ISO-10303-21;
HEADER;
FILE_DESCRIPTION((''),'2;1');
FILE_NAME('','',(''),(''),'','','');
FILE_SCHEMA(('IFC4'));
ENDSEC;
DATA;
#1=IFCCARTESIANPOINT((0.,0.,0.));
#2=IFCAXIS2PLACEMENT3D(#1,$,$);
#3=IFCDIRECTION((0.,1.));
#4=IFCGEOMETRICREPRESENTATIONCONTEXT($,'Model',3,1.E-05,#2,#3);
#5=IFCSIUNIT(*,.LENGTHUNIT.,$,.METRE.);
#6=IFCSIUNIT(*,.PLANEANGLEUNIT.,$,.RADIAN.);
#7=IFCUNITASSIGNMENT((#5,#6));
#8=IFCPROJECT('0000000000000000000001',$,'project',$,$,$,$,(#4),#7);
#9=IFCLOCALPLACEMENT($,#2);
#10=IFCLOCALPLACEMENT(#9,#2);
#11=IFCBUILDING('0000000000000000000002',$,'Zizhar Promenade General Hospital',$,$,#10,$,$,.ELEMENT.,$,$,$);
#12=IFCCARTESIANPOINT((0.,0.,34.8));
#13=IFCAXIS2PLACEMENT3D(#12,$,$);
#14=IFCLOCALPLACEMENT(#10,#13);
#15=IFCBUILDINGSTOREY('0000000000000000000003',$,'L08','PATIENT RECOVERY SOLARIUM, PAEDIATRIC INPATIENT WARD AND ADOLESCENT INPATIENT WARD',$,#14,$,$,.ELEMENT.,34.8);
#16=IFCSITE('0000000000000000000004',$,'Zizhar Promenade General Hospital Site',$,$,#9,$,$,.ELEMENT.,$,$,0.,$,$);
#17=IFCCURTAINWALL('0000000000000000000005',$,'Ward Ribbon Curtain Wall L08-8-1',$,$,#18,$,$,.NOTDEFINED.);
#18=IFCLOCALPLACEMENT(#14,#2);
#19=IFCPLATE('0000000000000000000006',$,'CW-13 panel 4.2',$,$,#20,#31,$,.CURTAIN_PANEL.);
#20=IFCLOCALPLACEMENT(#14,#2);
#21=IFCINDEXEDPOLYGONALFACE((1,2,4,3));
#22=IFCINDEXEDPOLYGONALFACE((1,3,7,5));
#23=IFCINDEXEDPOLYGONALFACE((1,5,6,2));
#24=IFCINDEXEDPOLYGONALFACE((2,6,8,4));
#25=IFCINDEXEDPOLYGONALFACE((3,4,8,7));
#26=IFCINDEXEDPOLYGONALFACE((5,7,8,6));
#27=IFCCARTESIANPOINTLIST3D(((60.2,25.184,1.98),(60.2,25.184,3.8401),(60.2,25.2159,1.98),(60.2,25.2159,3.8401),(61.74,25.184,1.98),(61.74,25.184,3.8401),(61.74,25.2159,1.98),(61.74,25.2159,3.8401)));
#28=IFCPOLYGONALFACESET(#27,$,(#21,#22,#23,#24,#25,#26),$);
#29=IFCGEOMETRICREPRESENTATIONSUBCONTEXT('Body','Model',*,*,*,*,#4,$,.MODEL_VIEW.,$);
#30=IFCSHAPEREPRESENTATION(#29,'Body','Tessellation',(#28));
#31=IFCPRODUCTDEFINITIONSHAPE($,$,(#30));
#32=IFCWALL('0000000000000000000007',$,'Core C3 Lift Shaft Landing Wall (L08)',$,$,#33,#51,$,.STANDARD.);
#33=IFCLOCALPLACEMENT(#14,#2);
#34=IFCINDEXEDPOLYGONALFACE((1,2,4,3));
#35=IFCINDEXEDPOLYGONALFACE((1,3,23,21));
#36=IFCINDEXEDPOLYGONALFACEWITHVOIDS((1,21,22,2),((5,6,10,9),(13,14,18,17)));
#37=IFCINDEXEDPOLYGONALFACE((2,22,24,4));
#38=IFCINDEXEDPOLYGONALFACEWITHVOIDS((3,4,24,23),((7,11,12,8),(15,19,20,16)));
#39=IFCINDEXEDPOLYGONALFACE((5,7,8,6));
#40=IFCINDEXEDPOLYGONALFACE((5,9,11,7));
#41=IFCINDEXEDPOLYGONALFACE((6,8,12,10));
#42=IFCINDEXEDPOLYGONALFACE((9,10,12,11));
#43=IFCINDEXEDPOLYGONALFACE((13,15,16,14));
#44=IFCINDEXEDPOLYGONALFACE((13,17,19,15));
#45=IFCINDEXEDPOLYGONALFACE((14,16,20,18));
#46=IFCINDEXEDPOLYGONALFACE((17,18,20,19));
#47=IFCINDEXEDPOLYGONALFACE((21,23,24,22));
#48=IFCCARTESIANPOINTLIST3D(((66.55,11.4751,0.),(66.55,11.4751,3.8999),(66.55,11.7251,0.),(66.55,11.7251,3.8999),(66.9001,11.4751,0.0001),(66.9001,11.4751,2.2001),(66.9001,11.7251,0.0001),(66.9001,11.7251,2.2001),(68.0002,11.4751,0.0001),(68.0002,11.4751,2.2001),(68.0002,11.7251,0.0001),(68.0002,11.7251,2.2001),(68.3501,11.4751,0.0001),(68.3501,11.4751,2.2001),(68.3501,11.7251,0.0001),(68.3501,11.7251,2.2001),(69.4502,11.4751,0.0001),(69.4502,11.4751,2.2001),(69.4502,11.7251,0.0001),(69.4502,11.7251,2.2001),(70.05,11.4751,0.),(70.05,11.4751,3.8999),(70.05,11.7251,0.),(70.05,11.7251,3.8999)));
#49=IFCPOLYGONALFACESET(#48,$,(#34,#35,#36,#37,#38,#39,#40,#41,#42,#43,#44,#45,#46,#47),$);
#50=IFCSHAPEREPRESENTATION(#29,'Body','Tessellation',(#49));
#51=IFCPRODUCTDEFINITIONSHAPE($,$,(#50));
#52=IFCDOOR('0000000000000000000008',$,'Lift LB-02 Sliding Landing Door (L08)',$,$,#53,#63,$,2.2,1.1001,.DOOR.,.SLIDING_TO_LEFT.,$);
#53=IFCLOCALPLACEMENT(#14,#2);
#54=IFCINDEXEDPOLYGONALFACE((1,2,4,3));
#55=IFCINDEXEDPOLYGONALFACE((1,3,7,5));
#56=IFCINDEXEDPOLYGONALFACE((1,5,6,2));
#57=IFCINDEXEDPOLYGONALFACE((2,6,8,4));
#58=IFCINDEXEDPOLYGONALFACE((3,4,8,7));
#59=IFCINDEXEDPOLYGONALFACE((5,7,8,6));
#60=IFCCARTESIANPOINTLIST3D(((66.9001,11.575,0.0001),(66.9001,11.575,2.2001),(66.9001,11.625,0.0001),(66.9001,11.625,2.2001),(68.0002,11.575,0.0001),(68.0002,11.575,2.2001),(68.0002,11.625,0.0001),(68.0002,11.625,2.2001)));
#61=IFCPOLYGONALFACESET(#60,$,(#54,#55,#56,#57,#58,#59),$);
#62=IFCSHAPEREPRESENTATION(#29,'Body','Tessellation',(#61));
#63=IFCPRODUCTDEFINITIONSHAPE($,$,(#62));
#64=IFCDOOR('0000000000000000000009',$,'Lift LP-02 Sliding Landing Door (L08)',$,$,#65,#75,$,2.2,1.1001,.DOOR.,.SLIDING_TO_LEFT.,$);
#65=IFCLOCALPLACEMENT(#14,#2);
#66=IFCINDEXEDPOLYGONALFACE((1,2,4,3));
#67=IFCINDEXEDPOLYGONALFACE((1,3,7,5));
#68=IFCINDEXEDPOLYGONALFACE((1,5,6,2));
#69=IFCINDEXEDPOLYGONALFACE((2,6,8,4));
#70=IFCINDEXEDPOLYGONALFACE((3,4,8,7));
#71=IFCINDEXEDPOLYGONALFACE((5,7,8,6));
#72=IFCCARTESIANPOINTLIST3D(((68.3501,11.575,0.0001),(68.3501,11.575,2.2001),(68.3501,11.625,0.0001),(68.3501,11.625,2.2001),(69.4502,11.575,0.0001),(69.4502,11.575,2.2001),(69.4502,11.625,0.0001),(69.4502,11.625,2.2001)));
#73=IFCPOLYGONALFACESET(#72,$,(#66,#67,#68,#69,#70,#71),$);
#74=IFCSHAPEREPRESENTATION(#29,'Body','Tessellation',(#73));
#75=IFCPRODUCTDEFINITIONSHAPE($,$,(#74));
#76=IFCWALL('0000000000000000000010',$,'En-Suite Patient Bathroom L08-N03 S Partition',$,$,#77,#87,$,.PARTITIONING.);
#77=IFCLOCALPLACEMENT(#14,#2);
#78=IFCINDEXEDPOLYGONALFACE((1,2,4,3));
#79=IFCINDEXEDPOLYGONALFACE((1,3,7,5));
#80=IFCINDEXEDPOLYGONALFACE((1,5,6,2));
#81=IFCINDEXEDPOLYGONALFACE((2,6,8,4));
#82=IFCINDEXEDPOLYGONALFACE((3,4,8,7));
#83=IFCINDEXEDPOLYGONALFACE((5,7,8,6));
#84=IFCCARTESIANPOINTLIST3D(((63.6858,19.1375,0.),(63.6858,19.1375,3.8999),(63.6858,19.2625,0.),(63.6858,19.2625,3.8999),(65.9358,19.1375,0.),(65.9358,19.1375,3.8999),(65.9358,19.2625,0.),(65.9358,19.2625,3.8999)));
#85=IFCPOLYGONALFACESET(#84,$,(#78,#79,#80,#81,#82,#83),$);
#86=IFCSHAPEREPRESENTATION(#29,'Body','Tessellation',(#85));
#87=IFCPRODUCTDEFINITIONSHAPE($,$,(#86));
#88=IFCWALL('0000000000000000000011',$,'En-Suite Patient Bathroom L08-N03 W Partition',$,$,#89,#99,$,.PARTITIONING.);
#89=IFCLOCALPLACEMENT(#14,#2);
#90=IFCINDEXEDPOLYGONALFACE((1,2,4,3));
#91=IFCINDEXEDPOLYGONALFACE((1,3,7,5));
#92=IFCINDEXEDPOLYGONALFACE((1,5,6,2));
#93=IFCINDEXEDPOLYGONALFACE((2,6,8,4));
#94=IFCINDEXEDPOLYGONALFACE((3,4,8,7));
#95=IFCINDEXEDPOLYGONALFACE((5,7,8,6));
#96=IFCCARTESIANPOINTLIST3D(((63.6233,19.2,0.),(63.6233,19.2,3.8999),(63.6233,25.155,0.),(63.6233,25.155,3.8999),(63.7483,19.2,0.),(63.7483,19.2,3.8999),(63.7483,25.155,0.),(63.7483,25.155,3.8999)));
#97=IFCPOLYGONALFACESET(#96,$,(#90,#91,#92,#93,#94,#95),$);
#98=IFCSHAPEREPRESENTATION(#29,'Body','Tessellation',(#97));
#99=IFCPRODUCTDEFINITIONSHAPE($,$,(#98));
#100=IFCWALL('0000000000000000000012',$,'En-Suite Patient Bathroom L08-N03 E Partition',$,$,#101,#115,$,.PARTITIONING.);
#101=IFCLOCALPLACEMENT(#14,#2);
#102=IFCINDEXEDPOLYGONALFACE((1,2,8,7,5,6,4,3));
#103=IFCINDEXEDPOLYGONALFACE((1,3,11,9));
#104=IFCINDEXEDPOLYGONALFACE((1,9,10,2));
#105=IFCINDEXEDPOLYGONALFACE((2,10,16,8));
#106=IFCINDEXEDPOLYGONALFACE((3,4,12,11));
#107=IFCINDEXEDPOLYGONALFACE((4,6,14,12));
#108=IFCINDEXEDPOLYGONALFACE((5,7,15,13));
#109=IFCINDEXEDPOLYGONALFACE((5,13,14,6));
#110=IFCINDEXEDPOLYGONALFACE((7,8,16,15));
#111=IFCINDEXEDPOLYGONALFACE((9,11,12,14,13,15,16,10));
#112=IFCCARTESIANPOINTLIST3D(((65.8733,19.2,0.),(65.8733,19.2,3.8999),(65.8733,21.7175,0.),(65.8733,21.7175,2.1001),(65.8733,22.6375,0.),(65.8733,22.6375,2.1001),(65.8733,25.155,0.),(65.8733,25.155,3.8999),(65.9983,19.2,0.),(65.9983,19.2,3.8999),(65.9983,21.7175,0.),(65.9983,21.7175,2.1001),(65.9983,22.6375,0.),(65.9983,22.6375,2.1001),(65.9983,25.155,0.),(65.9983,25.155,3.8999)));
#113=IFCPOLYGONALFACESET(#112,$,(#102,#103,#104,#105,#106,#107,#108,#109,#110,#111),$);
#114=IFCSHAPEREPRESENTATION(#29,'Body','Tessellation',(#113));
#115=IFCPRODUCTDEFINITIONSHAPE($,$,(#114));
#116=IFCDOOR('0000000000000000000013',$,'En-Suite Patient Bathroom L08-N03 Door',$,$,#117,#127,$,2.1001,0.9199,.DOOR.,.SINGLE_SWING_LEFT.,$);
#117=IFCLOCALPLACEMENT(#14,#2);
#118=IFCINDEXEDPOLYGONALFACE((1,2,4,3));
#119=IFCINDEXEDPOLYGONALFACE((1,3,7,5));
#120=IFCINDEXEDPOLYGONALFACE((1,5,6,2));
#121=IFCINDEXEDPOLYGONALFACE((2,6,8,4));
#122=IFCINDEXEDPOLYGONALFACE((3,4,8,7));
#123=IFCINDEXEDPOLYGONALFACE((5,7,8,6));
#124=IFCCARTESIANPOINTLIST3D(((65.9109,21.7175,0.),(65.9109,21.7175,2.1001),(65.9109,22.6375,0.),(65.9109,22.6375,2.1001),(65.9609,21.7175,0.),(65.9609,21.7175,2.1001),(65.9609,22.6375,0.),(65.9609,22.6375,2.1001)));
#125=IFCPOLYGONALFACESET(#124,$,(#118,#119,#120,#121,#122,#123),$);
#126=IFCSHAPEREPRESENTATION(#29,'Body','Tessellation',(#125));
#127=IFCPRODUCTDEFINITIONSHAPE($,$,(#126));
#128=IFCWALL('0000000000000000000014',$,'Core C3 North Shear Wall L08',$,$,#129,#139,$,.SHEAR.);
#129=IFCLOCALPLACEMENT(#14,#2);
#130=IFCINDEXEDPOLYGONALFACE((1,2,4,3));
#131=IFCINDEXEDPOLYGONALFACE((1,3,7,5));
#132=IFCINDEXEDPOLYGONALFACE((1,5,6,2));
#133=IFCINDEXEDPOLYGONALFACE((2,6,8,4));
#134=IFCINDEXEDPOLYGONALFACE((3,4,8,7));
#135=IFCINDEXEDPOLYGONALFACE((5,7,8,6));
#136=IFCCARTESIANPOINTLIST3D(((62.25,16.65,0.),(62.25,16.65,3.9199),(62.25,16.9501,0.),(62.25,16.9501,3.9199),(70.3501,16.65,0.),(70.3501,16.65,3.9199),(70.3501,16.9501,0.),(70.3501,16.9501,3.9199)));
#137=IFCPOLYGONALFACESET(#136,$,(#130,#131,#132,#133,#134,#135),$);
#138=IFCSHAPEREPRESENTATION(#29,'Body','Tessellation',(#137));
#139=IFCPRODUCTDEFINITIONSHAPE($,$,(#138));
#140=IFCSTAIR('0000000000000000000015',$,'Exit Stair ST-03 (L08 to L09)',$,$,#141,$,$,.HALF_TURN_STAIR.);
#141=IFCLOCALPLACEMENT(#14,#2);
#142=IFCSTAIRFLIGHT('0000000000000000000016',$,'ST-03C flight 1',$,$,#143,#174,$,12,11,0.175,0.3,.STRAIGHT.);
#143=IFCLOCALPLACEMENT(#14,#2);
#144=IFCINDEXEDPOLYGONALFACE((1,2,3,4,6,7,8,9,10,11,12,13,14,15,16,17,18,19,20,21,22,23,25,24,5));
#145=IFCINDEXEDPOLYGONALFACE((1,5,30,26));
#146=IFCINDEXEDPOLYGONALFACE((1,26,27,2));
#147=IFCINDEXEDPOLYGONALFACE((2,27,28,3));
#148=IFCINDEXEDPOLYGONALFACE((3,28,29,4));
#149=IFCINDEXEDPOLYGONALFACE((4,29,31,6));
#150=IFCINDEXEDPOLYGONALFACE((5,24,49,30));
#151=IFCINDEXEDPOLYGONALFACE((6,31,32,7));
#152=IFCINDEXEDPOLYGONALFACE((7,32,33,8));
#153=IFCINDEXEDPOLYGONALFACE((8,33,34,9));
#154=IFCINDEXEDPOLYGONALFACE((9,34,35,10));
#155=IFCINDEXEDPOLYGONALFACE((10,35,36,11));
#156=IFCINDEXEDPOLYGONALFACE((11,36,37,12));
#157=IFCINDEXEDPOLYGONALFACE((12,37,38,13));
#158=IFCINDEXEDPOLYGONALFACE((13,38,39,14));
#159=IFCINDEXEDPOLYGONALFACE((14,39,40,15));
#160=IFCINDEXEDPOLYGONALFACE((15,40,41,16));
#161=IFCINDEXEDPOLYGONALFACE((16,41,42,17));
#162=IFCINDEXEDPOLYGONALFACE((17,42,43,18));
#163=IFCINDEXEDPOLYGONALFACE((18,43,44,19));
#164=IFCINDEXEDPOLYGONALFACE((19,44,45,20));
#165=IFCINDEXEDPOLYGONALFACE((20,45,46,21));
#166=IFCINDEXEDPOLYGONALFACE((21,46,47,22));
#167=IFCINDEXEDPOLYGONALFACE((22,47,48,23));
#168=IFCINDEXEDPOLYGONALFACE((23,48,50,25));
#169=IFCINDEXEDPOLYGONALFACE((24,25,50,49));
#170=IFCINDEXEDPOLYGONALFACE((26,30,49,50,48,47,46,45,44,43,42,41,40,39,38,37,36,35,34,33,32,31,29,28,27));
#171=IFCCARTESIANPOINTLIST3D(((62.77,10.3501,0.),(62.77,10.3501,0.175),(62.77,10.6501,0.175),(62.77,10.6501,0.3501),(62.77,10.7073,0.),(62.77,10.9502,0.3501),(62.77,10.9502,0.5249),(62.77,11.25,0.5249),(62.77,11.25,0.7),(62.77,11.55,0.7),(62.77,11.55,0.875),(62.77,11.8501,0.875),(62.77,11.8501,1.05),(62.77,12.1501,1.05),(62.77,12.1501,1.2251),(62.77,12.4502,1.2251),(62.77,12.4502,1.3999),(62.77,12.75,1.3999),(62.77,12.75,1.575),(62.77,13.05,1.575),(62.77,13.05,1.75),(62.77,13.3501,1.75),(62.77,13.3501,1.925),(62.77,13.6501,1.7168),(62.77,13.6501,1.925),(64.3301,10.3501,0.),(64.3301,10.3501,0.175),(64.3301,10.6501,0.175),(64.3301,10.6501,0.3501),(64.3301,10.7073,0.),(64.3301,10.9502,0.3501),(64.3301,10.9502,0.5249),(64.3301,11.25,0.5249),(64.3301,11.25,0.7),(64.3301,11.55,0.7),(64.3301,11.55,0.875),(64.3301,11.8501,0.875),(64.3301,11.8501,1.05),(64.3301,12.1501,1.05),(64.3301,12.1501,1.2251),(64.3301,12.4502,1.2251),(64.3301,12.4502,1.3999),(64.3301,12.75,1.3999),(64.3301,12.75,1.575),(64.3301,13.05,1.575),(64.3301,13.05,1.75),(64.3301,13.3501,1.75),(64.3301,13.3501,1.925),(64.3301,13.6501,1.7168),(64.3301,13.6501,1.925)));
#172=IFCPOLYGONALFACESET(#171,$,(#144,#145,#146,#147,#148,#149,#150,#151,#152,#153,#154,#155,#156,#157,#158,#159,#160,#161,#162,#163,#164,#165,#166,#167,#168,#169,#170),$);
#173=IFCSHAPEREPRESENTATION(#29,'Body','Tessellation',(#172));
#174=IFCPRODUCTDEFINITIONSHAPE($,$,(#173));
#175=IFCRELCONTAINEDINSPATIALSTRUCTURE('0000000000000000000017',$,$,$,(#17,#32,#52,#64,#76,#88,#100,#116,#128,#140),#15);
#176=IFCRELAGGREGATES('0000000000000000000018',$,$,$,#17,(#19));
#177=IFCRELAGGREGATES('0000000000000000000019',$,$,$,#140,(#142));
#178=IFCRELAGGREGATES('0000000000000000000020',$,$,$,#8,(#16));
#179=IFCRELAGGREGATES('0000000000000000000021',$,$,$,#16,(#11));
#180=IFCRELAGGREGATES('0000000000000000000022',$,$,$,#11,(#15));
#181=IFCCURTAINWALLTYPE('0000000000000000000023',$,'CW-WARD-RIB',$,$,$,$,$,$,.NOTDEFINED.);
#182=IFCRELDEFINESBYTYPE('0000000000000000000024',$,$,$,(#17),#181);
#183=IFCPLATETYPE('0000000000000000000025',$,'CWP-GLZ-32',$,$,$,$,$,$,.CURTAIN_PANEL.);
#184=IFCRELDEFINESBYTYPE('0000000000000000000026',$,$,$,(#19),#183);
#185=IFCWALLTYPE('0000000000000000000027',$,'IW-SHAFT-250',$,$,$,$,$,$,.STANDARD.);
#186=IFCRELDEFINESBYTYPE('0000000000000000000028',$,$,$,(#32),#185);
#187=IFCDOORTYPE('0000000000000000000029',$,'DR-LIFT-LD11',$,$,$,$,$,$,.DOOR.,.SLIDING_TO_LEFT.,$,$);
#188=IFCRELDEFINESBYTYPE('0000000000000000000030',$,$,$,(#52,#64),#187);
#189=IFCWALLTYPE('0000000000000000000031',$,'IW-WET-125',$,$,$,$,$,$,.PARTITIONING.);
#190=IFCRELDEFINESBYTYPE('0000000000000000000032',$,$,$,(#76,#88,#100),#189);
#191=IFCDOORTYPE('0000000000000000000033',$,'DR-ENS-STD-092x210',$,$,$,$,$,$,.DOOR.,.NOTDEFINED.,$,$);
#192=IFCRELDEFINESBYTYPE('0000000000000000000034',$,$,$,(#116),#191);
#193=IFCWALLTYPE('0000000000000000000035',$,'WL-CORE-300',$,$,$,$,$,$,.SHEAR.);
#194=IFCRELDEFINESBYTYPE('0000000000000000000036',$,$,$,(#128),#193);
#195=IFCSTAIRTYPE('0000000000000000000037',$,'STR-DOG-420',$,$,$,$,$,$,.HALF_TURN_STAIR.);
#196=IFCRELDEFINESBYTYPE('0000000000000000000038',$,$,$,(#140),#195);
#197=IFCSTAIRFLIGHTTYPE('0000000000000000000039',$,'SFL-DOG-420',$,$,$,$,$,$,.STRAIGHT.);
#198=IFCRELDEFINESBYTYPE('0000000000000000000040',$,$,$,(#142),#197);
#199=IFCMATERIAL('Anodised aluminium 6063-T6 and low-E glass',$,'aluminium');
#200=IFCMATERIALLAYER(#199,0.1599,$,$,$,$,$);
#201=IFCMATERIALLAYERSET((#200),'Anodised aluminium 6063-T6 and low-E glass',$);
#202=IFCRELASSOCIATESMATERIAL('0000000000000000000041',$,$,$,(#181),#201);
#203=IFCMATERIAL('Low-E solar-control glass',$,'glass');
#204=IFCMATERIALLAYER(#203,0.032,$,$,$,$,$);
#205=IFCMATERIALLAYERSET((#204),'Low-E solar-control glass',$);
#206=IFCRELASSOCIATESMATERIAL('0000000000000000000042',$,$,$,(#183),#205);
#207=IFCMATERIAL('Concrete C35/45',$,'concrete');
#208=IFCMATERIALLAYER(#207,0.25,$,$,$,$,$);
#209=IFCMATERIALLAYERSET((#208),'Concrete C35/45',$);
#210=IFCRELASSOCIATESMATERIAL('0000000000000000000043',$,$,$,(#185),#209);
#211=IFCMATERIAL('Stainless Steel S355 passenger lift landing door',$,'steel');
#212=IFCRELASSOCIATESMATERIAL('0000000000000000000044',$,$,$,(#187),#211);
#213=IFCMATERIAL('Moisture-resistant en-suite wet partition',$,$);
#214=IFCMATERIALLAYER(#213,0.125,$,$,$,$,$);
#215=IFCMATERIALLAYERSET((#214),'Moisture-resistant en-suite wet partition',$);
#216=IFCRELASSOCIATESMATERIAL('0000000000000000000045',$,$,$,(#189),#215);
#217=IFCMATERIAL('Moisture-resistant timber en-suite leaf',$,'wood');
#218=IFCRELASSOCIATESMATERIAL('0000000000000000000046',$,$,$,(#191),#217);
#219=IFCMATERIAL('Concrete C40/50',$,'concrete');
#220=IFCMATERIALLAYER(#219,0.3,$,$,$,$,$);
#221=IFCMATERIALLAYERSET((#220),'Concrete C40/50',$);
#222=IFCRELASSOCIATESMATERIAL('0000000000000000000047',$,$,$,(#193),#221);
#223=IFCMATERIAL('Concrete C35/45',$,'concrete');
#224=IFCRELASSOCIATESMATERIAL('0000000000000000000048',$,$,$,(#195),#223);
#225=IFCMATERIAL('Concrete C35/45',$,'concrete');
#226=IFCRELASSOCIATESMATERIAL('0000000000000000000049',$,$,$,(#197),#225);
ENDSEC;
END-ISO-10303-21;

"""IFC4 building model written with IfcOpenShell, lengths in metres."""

from ifc_helpers import new_model, si_unit, direction, frame, frame_2d, origin, origin_2d, place, context, subcontext, project, spatial, polyline, rectangle, outline, extrude, material, layer, layer_set, type_object, element, fill, aggregate, save


model = new_model("IFC4")

# Units and contexts
model_context = context("Model", 3, precision=1e-05, world=origin(), true_north=direction((0.0, 1.0)))
body_context = subcontext(model_context, "Body", "Model", "MODEL_VIEW")
ifc_project = project(units=[si_unit("LENGTHUNIT", "METRE"), si_unit("PLANEANGLEUNIT", "RADIAN")], contexts=[model_context])

# Site, building, storey
site_placement = place(None, origin())
site = spatial("IfcSite", under=ifc_project, at=site_placement, Name="Zizhar Promenade General Hospital Site", CompositionType="ELEMENT", RefElevation=0.0)
building_placement = place(site_placement, origin())
building = spatial("IfcBuilding", under=site, at=building_placement, Name="Zizhar Promenade General Hospital", CompositionType="ELEMENT")
storey_placement = place(building_placement, frame((0.0, 0.0, 34.8)))
storey = spatial("IfcBuildingStorey", under=building, at=storey_placement, Name="L08", Description="PATIENT RECOVERY SOLARIUM, PAEDIATRIC INPATIENT WARD AND ADOLESCENT INPATIENT WARD", CompositionType="ELEMENT", Elevation=34.8)

# Curtain wall, plate
ifc_material_1 = material(Name="Anodised aluminium 6063-T6 and low-E glass", Category="aluminium")
ifc_layer_1 = layer(ifc_material_1, 0.1599)
ifc_layer_set_1 = layer_set([ifc_layer_1], Name="Anodised aluminium 6063-T6 and low-E glass")
curtain_wall_type = type_object("IfcCurtainWallType", Name="CW-WARD-RIB", PredefinedType="NOTDEFINED", material=ifc_layer_set_1)
curtain_wall_placement = place(storey_placement, origin())
curtain_wall = element("IfcCurtainWall", 1, at=curtain_wall_placement, inside=storey, type_object=curtain_wall_type, Name="Ward Ribbon Curtain Wall L08-8-1", PredefinedType="NOTDEFINED")
ifc_material_2 = material(Name="Low-E solar-control glass", Category="glass")
ifc_layer_2 = layer(ifc_material_2, 0.032)
ifc_layer_set_2 = layer_set([ifc_layer_2], Name="Low-E solar-control glass")
plate_type = type_object("IfcPlateType", Name="CWP-GLZ-32", PredefinedType="CURTAIN_PANEL", material=ifc_layer_set_2)
plate_1_placement = place(storey_placement, frame((60.97, 25.2, 1.98), z_axis=(0.0, 0.0, 1.0), x_axis=(1.0, 0.0, 0.0)))
plate_1 = element("IfcPlate", 2, at=plate_1_placement, type_object=plate_type, Name="CW-13 panel 4.2", PredefinedType="CURTAIN_PANEL", context=body_context, shape_type="SweptSolid", body=[
    extrude(rectangle(XDim=1.54, YDim=0.032, at=origin_2d()), origin(), (0.0, 0.0, 1.0), 1.8601),
])
aggregate(curtain_wall, [plate_1])

# Wall, openings, doors
ifc_material_3 = material(Name="Concrete C35/45", Category="concrete")
ifc_layer_3 = layer(ifc_material_3, 0.25)
ifc_layer_set_3 = layer_set([ifc_layer_3], Name="Concrete C35/45")
wall_type_1 = type_object("IfcWallType", Name="IW-SHAFT-250", PredefinedType="STANDARD", material=ifc_layer_set_3)
wall_1_placement = place(storey_placement, frame((66.55, 11.6001, 0.0), z_axis=(0.0, 0.0, 1.0), x_axis=(1.0, 0.0, 0.0)))
wall_1 = element("IfcWall", 3, at=wall_1_placement, inside=storey, type_object=wall_type_1, Name="Core C3 Lift Shaft Landing Wall (L08)", PredefinedType="STANDARD", context=body_context, shape_type="SweptSolid", body=[
    extrude(rectangle(XDim=3.5, YDim=0.25, at=frame_2d((1.75, 0.0))), origin(), (0.0, 0.0, 1.0), 3.8999),
])
opening_1_placement = place(wall_1_placement, frame((0.3501, 0.0, 0.0)))
opening_1 = element("IfcOpeningElement", 4, at=opening_1_placement, cuts=wall_1, PredefinedType="OPENING", context=body_context, shape_type="SweptSolid", body=[
    extrude(rectangle(XDim=1.1001, YDim=2.2, at=frame_2d((0.55, 1.1001))), frame((0.0, 0.135, 0.0), z_axis=(0.0, -1.0, 0.0), x_axis=(1.0, 0.0, 0.0)), (0.0, 0.0, 1.0), 0.27),
])
opening_2_placement = place(wall_1_placement, frame((1.8, 0.0, 0.0)))
opening_2 = element("IfcOpeningElement", 5, at=opening_2_placement, cuts=wall_1, PredefinedType="OPENING", context=body_context, shape_type="SweptSolid", body=[
    extrude(rectangle(XDim=1.1001, YDim=2.2, at=frame_2d((0.55, 1.1001))), frame((0.0, 0.135, 0.0), z_axis=(0.0, -1.0, 0.0), x_axis=(1.0, 0.0, 0.0)), (0.0, 0.0, 1.0), 0.27),
])
ifc_material_4 = material(Name="Stainless Steel S355 passenger lift landing door", Category="steel")
door_type_1 = type_object("IfcDoorType", Name="DR-LIFT-LD11", OperationType="SLIDING_TO_LEFT", PredefinedType="DOOR", material=ifc_material_4)
door_1_placement = place(opening_1_placement, origin())
door_1 = element("IfcDoor", 6, at=door_1_placement, inside=storey, type_object=door_type_1, Name="Lift LB-02 Sliding Landing Door (L08)", OperationType="SLIDING_TO_LEFT", OverallHeight=2.2, OverallWidth=1.1001, PredefinedType="DOOR", context=body_context, shape_type="SweptSolid", body=[
    extrude(rectangle(XDim=1.1001, YDim=2.2, at=frame_2d((0.55, 1.1001))), frame((0.0, 0.0249, 0.0), z_axis=(0.0, -1.0, 0.0), x_axis=(1.0, 0.0, 0.0)), (0.0, 0.0, 1.0), 0.05),
])
fill(opening_1, door_1)
door_2_placement = place(opening_2_placement, origin())
door_2 = element("IfcDoor", 7, at=door_2_placement, inside=storey, type_object=door_type_1, Name="Lift LP-02 Sliding Landing Door (L08)", OperationType="SLIDING_TO_LEFT", OverallHeight=2.2, OverallWidth=1.1001, PredefinedType="DOOR", context=body_context, shape_type="SweptSolid", body=[
    extrude(rectangle(XDim=1.1001, YDim=2.2, at=frame_2d((0.55, 1.1001))), frame((0.0, 0.0249, 0.0), z_axis=(0.0, -1.0, 0.0), x_axis=(1.0, 0.0, 0.0)), (0.0, 0.0, 1.0), 0.05),
])
fill(opening_2, door_2)

# Walls
ifc_material_5 = material(Name="Moisture-resistant en-suite wet partition")
ifc_layer_4 = layer(ifc_material_5, 0.125)
ifc_layer_set_4 = layer_set([ifc_layer_4], Name="Moisture-resistant en-suite wet partition")
wall_type_2 = type_object("IfcWallType", Name="IW-WET-125", PredefinedType="PARTITIONING", material=ifc_layer_set_4)
wall_2_placement = place(storey_placement, frame((63.6858, 19.2, 0.0), z_axis=(0.0, 0.0, 1.0), x_axis=(1.0, 0.0, 0.0)))
element("IfcWall", 8, at=wall_2_placement, inside=storey, type_object=wall_type_2, Name="En-Suite Patient Bathroom L08-N03 S Partition", PredefinedType="PARTITIONING", context=body_context, shape_type="SweptSolid", body=[
    extrude(rectangle(XDim=2.25, YDim=0.125, at=frame_2d((1.125, 0.0))), origin(), (0.0, 0.0, 1.0), 3.8999),
])
wall_3_placement = place(storey_placement, frame((63.6858, 19.2, 0.0), z_axis=(0.0, 0.0, 1.0), x_axis=(0.0, 1.0, 0.0)))
element("IfcWall", 9, at=wall_3_placement, inside=storey, type_object=wall_type_2, Name="En-Suite Patient Bathroom L08-N03 W Partition", PredefinedType="PARTITIONING", context=body_context, shape_type="SweptSolid", body=[
    extrude(rectangle(XDim=5.9551, YDim=0.125, at=frame_2d((2.9775, 0.0))), origin(), (0.0, 0.0, 1.0), 3.8999),
])

# Wall, opening, door
wall_4_placement = place(storey_placement, frame((65.9358, 19.2, 0.0), z_axis=(0.0, 0.0, 1.0), x_axis=(0.0, 1.0, 0.0)))
wall_4 = element("IfcWall", 10, at=wall_4_placement, inside=storey, type_object=wall_type_2, Name="En-Suite Patient Bathroom L08-N03 E Partition", PredefinedType="PARTITIONING", context=body_context, shape_type="SweptSolid", body=[
    extrude(rectangle(XDim=5.9551, YDim=0.125, at=frame_2d((2.9775, 0.0))), origin(), (0.0, 0.0, 1.0), 3.8999),
])
opening_3_placement = place(wall_4_placement, frame((2.5176, 0.0, 0.0)))
opening_3 = element("IfcOpeningElement", 11, at=opening_3_placement, cuts=wall_4, PredefinedType="OPENING", context=body_context, shape_type="SweptSolid", body=[
    extrude(rectangle(XDim=0.9199, YDim=2.1001, at=frame_2d((0.46, 1.05))), frame((0.0, 0.0725, 0.0), z_axis=(0.0, -1.0, 0.0), x_axis=(1.0, 0.0, 0.0)), (0.0, 0.0, 1.0), 0.145),
])
ifc_material_6 = material(Name="Moisture-resistant timber en-suite leaf", Category="wood")
door_type_2 = type_object("IfcDoorType", Name="DR-ENS-STD-092x210", OperationType="NOTDEFINED", PredefinedType="DOOR", material=ifc_material_6)
door_3_placement = place(opening_3_placement, origin())
door_3 = element("IfcDoor", 12, at=door_3_placement, inside=storey, type_object=door_type_2, Name="En-Suite Patient Bathroom L08-N03 Door", OperationType="SINGLE_SWING_LEFT", OverallHeight=2.1001, OverallWidth=0.9199, PredefinedType="DOOR", context=body_context, shape_type="SweptSolid", body=[
    extrude(rectangle(XDim=0.9199, YDim=2.1001, at=frame_2d((0.46, 1.05))), frame((0.0, 0.0249, 0.0), z_axis=(0.0, -1.0, 0.0), x_axis=(1.0, 0.0, 0.0)), (0.0, 0.0, 1.0), 0.05),
])
fill(opening_3, door_3)

# Wall
ifc_material_7 = material(Name="Concrete C40/50", Category="concrete")
ifc_layer_5 = layer(ifc_material_7, 0.3)
ifc_layer_set_5 = layer_set([ifc_layer_5], Name="Concrete C40/50")
wall_type_3 = type_object("IfcWallType", Name="WL-CORE-300", PredefinedType="SHEAR", material=ifc_layer_set_5)
wall_5_placement = place(storey_placement, frame((62.25, 16.8, 0.0), z_axis=(0.0, 0.0, 1.0), x_axis=(1.0, 0.0, 0.0)))
element("IfcWall", 13, at=wall_5_placement, inside=storey, type_object=wall_type_3, Name="Core C3 North Shear Wall L08", PredefinedType="SHEAR", context=body_context, shape_type="SweptSolid", body=[
    extrude(rectangle(XDim=8.1001, YDim=0.3, at=frame_2d((4.05, 0.0))), origin(), (0.0, 0.0, 1.0), 3.9199),
])

# Stair, stair flight
ifc_material_8 = material(Name="Concrete C35/45", Category="concrete")
stair_type = type_object("IfcStairType", Name="STR-DOG-420", PredefinedType="HALF_TURN_STAIR", material=ifc_material_8)
stair_placement = place(storey_placement, origin())
stair = element("IfcStair", 14, at=stair_placement, inside=storey, type_object=stair_type, Name="Exit Stair ST-03 (L08 to L09)", PredefinedType="HALF_TURN_STAIR")
ifc_material_9 = material(Name="Concrete C35/45", Category="concrete")
stair_flight_type = type_object("IfcStairFlightType", Name="SFL-DOG-420", PredefinedType="STRAIGHT", material=ifc_material_9)
stair_flight_1_placement = place(storey_placement, frame((63.55, 10.3501, 0.0), z_axis=(0.0, 0.0, 1.0), x_axis=(0.0, 1.0, 0.0)))
stair_flight_1 = element("IfcStairFlight", 15, at=stair_flight_1_placement, type_object=stair_flight_type, Name="ST-03C flight 1", NumberOfRisers=12, NumberOfTreads=11, PredefinedType="STRAIGHT", RiserHeight=0.175, TreadLength=0.3, context=body_context, shape_type="SweptSolid", body=[
    extrude(outline(polyline([(0.0, 0.0), (0.0, 0.175), (0.3, 0.175), (0.3, 0.3501), (0.6001, 0.3501), (0.6001, 0.5249), (0.8999, 0.5249), (0.8999, 0.7), (1.2, 0.7), (1.2, 0.875), (1.5, 0.875), (1.5, 1.05), (1.8, 1.05), (1.8, 1.2251), (2.1001, 1.2251), (2.1001, 1.3999), (2.3999, 1.3999), (2.3999, 1.575), (2.7, 1.575), (2.7, 1.75), (3.0, 1.75), (3.0, 1.925), (3.3, 1.925), (3.3, 2.1001), (3.3, 1.7168), (0.3572, 0.0), (0.0, 0.0)])), frame((0.0, 0.78, 0.0), z_axis=(0.0, -1.0, 0.0), x_axis=(1.0, 0.0, 0.0)), (0.0, 0.0, 1.0), 1.5601),
])
aggregate(stair, [stair_flight_1])

save(model, "model.ifc")
